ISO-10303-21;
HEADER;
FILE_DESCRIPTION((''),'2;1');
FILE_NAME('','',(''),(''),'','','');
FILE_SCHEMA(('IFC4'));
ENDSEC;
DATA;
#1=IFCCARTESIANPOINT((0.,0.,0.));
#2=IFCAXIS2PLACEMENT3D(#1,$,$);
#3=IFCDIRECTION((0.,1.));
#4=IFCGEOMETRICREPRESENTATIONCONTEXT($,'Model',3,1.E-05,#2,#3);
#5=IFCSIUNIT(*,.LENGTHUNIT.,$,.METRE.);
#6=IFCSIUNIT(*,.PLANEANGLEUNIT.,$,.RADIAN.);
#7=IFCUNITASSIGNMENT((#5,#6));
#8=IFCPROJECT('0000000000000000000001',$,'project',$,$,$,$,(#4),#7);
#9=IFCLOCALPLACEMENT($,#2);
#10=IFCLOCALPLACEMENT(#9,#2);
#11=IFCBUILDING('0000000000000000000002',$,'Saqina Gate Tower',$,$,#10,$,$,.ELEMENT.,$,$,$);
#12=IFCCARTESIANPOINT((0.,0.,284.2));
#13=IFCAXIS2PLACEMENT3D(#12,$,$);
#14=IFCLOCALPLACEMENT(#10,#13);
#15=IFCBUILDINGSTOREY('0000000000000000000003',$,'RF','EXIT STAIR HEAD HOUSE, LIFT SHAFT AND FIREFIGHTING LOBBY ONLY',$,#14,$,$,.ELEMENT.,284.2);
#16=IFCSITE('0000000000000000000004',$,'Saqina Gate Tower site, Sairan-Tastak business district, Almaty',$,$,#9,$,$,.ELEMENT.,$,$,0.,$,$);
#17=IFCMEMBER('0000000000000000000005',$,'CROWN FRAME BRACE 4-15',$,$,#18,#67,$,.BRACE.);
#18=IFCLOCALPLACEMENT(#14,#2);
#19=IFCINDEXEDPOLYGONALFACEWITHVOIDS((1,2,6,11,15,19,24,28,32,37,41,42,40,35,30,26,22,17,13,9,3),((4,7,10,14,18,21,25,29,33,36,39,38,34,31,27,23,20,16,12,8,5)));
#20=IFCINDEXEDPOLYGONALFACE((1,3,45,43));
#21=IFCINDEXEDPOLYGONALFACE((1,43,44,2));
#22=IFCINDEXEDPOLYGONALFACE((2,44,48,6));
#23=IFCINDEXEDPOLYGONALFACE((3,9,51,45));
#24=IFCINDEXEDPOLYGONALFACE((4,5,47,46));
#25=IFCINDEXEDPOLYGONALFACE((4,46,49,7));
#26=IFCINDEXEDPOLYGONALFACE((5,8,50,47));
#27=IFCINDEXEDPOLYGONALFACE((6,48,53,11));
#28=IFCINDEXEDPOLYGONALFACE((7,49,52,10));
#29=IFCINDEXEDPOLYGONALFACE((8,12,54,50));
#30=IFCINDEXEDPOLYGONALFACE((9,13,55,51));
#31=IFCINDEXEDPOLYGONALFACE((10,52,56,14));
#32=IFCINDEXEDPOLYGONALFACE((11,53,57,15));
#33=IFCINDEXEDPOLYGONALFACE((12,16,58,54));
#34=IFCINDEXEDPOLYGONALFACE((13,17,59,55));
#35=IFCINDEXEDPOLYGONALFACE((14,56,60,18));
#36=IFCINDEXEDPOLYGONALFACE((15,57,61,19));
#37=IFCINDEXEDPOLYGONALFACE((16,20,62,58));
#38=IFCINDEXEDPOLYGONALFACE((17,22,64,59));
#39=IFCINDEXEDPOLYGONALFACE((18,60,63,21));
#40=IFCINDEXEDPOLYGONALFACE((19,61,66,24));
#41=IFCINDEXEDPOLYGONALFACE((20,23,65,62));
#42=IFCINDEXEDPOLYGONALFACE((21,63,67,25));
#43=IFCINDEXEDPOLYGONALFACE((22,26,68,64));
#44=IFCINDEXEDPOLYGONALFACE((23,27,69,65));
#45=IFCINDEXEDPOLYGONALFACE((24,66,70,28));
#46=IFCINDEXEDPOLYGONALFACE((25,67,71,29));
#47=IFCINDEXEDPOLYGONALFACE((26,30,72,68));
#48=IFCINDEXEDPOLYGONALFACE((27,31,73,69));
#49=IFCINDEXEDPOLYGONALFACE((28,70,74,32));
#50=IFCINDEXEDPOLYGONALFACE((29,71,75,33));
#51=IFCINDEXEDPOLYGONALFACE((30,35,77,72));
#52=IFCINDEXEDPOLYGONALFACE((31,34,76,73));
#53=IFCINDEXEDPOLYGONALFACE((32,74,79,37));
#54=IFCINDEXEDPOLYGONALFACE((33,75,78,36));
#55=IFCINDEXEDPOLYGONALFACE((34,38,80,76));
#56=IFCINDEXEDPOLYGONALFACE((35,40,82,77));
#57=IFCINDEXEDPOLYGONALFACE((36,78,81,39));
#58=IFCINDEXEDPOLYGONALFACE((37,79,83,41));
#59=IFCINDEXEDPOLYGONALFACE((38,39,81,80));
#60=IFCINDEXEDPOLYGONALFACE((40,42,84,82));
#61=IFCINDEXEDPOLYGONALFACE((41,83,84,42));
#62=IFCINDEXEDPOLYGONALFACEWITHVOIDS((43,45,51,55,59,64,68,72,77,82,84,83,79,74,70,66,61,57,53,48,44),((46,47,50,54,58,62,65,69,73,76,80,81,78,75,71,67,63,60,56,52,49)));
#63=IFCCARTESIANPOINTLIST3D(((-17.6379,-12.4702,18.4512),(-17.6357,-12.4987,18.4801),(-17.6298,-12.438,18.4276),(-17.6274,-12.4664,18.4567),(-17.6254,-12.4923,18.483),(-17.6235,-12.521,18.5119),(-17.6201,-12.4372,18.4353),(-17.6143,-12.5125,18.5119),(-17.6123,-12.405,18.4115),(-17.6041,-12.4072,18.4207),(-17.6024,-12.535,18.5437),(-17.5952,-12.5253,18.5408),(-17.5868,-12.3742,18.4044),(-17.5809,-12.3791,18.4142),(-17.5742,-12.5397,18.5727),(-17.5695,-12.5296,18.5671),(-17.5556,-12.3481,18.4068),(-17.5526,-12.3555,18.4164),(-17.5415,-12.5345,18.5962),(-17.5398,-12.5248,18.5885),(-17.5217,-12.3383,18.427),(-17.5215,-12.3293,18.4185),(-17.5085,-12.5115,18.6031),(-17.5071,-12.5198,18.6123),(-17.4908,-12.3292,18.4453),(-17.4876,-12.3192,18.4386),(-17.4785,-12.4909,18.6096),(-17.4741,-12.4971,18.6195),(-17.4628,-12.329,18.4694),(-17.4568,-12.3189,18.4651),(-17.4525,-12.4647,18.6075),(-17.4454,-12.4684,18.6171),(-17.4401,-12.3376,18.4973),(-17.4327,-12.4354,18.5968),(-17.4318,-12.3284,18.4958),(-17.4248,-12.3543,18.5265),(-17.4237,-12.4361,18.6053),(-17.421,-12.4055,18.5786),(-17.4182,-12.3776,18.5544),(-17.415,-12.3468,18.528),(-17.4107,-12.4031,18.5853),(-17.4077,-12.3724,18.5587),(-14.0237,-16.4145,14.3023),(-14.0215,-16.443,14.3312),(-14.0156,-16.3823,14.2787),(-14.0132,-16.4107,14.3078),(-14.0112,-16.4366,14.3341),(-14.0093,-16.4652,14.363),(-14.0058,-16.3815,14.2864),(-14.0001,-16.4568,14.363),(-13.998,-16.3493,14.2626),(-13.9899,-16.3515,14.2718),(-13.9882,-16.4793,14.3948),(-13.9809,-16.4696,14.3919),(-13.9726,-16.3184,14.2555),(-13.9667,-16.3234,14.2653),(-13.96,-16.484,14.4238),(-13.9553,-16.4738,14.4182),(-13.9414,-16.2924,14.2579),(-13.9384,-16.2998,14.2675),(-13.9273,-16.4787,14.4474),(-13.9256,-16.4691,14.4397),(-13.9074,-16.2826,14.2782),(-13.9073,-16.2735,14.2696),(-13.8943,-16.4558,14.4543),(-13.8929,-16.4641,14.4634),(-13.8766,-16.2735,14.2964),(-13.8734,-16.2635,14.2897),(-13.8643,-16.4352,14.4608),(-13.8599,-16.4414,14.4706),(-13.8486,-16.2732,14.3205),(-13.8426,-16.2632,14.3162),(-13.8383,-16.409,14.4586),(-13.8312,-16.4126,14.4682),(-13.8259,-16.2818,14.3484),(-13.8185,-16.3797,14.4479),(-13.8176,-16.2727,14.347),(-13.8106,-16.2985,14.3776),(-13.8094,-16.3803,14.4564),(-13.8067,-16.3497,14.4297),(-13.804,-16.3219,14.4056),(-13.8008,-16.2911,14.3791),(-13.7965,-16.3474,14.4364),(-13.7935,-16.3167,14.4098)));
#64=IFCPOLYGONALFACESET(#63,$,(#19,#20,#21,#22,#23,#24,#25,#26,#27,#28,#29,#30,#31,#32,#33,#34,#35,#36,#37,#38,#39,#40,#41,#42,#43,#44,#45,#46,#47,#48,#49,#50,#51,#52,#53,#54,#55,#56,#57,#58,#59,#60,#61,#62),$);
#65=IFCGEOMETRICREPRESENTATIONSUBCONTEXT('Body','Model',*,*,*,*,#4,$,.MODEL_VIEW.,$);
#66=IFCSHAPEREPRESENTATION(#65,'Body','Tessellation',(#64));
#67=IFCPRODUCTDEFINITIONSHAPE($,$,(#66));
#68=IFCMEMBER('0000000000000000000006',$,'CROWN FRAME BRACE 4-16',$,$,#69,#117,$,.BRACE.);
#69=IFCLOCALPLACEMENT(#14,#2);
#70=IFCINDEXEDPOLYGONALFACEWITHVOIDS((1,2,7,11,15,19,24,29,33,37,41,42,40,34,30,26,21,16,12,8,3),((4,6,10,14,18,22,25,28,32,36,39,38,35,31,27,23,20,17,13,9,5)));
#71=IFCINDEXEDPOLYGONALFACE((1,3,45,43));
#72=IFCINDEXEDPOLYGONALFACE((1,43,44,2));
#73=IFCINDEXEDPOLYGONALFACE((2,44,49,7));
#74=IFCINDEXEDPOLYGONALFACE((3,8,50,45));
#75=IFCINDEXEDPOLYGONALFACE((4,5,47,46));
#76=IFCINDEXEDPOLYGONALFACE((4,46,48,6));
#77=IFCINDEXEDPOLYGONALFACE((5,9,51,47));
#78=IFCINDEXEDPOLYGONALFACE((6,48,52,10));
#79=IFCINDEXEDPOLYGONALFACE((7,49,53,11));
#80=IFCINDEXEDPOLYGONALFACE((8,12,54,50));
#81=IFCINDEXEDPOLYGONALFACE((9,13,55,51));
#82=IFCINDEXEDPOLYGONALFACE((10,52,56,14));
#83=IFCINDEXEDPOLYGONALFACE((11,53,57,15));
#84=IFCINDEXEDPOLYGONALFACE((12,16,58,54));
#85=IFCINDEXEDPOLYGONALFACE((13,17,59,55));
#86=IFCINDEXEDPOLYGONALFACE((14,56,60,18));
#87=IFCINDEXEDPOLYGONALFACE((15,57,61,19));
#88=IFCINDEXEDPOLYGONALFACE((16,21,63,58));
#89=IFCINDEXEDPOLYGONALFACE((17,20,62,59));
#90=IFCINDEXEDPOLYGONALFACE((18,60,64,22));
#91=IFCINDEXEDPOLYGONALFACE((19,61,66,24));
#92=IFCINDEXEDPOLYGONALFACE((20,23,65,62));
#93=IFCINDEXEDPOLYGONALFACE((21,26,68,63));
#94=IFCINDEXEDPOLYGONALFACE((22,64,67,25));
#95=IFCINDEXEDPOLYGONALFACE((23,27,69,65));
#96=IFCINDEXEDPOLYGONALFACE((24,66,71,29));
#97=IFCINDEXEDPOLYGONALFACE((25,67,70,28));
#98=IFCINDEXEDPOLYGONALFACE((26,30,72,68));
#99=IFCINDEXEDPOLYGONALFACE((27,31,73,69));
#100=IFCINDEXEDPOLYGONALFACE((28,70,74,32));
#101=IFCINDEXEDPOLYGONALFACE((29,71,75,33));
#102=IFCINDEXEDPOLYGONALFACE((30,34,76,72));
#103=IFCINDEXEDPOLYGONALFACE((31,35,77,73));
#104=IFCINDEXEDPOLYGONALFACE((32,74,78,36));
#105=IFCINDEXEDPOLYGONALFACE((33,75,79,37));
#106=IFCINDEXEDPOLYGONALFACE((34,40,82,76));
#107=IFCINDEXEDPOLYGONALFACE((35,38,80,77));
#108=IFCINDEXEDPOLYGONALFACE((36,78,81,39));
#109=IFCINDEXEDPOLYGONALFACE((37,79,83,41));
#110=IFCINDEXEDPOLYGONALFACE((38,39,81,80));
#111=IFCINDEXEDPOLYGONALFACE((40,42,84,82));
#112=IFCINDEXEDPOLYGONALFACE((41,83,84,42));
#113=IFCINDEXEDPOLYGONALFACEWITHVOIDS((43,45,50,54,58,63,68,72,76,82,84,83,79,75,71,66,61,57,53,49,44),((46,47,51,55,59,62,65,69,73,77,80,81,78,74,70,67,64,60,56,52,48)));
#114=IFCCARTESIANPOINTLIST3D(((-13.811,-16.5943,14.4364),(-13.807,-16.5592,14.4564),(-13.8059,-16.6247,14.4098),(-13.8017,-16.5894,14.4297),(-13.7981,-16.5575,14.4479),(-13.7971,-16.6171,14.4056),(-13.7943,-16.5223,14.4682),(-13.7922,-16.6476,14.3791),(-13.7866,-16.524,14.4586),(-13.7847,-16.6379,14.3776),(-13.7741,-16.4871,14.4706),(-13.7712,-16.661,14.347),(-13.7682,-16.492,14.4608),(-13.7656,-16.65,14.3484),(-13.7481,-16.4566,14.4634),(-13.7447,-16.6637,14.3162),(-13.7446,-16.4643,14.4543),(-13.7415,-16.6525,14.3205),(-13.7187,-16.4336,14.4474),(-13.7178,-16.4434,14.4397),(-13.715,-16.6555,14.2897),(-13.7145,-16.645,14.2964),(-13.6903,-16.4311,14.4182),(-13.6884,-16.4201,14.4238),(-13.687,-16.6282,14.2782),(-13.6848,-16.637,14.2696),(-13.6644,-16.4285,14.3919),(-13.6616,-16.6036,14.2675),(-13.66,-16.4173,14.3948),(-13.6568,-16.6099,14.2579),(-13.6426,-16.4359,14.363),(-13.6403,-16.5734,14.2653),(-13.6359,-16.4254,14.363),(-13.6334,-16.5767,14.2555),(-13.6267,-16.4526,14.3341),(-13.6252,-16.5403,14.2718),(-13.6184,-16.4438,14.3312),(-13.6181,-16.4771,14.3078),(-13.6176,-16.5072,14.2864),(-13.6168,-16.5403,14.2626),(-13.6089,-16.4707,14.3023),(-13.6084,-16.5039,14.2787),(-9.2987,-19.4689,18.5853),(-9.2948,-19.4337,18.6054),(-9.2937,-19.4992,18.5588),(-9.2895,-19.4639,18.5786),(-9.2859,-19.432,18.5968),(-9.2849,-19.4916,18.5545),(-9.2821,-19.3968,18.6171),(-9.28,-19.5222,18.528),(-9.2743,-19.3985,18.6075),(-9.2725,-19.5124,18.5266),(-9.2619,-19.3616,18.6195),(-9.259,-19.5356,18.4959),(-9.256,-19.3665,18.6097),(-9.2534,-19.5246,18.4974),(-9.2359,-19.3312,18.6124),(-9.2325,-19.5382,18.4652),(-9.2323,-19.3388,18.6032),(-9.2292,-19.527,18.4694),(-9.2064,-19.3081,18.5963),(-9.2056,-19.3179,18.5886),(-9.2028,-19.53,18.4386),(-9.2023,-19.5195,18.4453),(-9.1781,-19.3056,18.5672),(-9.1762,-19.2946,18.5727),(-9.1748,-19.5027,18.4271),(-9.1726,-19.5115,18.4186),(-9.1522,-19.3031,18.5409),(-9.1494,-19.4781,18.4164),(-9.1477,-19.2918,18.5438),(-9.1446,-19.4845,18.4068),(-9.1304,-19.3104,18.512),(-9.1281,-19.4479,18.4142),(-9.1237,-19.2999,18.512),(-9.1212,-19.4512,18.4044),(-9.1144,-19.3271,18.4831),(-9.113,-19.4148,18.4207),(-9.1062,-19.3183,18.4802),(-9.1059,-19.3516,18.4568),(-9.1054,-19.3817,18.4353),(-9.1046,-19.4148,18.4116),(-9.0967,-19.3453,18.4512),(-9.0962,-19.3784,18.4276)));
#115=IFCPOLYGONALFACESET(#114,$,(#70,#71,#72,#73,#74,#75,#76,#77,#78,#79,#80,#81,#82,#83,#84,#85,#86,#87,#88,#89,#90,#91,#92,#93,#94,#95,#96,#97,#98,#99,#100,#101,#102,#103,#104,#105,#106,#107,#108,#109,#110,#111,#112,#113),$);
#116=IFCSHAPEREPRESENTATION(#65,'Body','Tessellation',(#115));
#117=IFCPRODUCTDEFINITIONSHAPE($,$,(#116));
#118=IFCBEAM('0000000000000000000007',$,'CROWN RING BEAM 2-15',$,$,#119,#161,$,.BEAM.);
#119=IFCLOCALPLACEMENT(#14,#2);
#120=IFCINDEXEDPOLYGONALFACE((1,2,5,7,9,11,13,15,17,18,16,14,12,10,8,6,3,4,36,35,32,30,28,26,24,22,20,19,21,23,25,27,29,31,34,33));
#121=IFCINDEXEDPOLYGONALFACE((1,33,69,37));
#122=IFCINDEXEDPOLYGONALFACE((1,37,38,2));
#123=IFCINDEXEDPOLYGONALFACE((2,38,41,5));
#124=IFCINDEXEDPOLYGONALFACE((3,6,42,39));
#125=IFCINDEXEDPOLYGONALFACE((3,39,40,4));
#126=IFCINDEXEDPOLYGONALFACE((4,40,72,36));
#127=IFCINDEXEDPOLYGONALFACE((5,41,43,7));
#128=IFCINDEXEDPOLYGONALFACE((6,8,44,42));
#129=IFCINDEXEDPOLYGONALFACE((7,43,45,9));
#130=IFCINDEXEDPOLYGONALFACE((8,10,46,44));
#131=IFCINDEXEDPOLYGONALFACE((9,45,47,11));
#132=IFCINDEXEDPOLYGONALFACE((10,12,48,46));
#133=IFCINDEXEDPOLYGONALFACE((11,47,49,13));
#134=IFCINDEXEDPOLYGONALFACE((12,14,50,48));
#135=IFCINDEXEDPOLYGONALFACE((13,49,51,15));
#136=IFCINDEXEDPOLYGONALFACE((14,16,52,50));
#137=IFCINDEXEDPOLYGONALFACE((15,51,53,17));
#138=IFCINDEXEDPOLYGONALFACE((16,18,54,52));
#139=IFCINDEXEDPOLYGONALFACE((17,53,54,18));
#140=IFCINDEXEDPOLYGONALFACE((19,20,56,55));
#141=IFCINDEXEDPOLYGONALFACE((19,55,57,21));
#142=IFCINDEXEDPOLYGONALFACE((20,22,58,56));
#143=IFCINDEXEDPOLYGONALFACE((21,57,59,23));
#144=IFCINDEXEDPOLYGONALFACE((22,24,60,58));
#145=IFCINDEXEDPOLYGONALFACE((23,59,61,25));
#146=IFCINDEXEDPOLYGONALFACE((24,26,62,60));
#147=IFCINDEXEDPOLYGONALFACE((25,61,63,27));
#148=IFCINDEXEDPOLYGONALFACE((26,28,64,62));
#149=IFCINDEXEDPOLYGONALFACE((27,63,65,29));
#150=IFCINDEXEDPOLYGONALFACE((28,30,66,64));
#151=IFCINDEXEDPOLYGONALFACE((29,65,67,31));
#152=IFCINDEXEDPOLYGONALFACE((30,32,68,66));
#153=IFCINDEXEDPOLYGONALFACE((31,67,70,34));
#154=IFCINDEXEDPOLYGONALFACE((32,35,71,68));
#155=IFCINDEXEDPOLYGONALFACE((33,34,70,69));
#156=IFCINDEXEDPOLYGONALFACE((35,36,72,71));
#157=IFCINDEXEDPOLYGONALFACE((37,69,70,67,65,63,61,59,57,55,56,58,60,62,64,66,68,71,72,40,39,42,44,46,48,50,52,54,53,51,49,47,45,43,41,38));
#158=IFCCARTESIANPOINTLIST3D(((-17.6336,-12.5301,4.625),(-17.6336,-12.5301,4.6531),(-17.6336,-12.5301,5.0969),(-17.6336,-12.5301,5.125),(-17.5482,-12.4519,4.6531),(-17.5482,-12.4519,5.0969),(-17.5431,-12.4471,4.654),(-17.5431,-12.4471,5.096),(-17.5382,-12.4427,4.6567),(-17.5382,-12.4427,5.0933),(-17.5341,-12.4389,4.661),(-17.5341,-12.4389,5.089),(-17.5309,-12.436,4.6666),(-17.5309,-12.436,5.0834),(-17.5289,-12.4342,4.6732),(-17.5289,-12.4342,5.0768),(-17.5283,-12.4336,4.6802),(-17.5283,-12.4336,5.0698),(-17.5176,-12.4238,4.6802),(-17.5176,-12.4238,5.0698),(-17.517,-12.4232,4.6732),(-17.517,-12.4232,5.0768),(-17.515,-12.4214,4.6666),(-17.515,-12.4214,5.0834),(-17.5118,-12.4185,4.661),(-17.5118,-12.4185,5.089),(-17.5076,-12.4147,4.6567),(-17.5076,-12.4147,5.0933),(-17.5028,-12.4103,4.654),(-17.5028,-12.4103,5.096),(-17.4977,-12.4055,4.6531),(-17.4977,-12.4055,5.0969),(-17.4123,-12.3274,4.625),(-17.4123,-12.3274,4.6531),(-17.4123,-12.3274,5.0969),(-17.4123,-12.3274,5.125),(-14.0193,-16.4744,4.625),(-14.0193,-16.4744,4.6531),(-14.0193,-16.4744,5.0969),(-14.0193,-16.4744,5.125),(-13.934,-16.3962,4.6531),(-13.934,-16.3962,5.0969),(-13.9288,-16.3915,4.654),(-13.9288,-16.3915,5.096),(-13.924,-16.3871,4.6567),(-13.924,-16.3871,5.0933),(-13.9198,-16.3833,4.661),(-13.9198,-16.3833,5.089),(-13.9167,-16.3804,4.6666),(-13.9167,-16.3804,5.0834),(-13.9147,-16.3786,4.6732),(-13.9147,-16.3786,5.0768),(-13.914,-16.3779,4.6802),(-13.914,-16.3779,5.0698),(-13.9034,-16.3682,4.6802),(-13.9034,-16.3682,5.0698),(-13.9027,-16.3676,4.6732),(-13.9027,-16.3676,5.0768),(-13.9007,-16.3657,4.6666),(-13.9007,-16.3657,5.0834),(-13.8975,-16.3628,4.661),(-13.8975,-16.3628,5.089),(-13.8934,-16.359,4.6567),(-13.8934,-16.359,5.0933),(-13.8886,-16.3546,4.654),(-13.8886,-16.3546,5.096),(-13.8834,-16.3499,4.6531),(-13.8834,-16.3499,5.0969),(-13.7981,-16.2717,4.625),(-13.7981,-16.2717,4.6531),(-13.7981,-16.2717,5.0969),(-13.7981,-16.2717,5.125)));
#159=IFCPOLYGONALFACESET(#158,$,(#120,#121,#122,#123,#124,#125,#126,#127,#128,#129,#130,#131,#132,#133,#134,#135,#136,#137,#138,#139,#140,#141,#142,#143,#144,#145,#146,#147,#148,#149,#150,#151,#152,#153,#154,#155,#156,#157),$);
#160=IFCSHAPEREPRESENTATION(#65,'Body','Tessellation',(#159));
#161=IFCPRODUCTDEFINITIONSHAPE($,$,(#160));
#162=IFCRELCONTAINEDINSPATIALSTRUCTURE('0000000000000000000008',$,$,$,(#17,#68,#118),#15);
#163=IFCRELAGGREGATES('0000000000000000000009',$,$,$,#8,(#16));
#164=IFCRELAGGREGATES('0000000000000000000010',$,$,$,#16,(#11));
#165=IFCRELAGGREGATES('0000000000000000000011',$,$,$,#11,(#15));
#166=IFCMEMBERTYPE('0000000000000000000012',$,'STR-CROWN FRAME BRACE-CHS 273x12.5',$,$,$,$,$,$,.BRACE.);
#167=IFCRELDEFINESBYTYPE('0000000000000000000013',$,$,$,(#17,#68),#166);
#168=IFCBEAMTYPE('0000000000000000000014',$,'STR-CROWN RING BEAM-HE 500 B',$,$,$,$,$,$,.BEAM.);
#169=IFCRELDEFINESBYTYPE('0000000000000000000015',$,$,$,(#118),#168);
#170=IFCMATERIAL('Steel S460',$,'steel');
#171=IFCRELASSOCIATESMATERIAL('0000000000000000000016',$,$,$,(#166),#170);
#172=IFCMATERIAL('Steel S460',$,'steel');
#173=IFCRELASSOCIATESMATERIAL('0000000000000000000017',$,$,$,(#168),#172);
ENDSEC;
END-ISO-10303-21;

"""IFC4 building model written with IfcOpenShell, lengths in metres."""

from ifc_helpers import new_model, si_unit, direction, frame, origin, origin_2d, place, context, subcontext, project, spatial, hollow_circle, i_section, extrude, material, material_profile, profile_set, type_object, element, save


model = new_model("IFC4")

# Units and contexts
model_context = context("Model", 3, precision=1e-05, world=origin(), true_north=direction((0.0, 1.0)))
body_context = subcontext(model_context, "Body", "Model", "MODEL_VIEW")
ifc_project = project(units=[si_unit("LENGTHUNIT", "METRE"), si_unit("PLANEANGLEUNIT", "RADIAN")], contexts=[model_context])

# Site, building, storey
site_placement = place(None, origin())
site = spatial("IfcSite", under=ifc_project, at=site_placement, Name="Saqina Gate Tower site, Sairan-Tastak business district, Almaty", CompositionType="ELEMENT", RefElevation=0.0)
building_placement = place(site_placement, origin())
building = spatial("IfcBuilding", under=site, at=building_placement, Name="Saqina Gate Tower", CompositionType="ELEMENT")
storey_placement = place(building_placement, frame((0.0, 0.0, 284.2)))
storey = spatial("IfcBuildingStorey", under=building, at=storey_placement, Name="RF", Description="EXIT STAIR HEAD HOUSE, LIFT SHAFT AND FIREFIGHTING LOBBY ONLY", CompositionType="ELEMENT", Elevation=284.2)

# Members
ifc_material_1 = material(Name="Steel S460", Category="steel")
ifc_material_profile_1 = material_profile(ifc_material_1, hollow_circle(Radius=0.1365, WallThickness=0.0125, at=origin_2d()), Name="CHS 273x12.5")
ifc_profile_set_1 = profile_set([ifc_material_profile_1], Name="Steel S460")
member_type = type_object("IfcMemberType", Name="STR-CROWN FRAME BRACE-CHS 273x12.5", PredefinedType="BRACE", material=ifc_profile_set_1)
for number, where, z_axis, x_axis, name in (
    (1, (-13.9087, -16.373, 14.363), (-0.533856, 0.582611, 0.612831), (-0.737283, -0.675584, 0.0), "CROWN FRAME BRACE 4-15"),
):
    element("IfcMember", number, at=place(storey_placement, frame(where, z_axis=z_axis, x_axis=x_axis)), inside=storey, type_object=member_type, Name=name, PredefinedType="BRACE", context=body_context, shape_type="SweptSolid", body=[
        extrude(hollow_circle(Radius=0.1365, WallThickness=0.0125, at=origin_2d()), origin(), (0.0, 0.0, 1.0), 6.77),
    ])
member_1_placement = place(storey_placement, frame((-13.7092, -16.5405, 14.363), z_axis=(0.666475, -0.424579, 0.612816), x_axis=(0.537289, 0.843398, 0.0)))
element("IfcMember", 2, at=member_1_placement, inside=storey, type_object=member_type, Name="CROWN FRAME BRACE 4-16", PredefinedType="BRACE", context=body_context, shape_type="SweptSolid", body=[
    extrude(hollow_circle(Radius=0.1365, WallThickness=0.0125, at=origin_2d()), origin(), (0.0, 0.0, 1.0), 6.7703),
])

# Beam
ifc_material_2 = material(Name="Steel S460", Category="steel")
ifc_material_profile_2 = material_profile(ifc_material_2, i_section(OverallWidth=0.3, OverallDepth=0.5, WebThickness=0.0144, FlangeThickness=0.0281, FilletRadius=0.0271, at=origin_2d()), Name="HE 500 B")
ifc_profile_set_2 = profile_set([ifc_material_profile_2], Name="Steel S460")
beam_type_1 = type_object("IfcBeamType", Name="STR-CROWN RING BEAM-HE 500 B", PredefinedType="BEAM", material=ifc_profile_set_2)
beam_1_placement = place(storey_placement, frame((-17.5229, -12.4287, 4.875), z_axis=(0.675584, -0.737283, 0.0), x_axis=(0.737283, 0.675584, 0.0)))
element("IfcBeam", 3, at=beam_1_placement, inside=storey, type_object=beam_type_1, Name="CROWN RING BEAM 2-15", PredefinedType="BEAM", context=body_context, shape_type="SweptSolid", body=[
    extrude(i_section(OverallWidth=0.3, OverallDepth=0.5, WebThickness=0.0144, FlangeThickness=0.0281, FilletRadius=0.0271, at=origin_2d()), origin(), (0.0, 0.0, 1.0), 5.3499),
])

save(model, "model.ifc")
